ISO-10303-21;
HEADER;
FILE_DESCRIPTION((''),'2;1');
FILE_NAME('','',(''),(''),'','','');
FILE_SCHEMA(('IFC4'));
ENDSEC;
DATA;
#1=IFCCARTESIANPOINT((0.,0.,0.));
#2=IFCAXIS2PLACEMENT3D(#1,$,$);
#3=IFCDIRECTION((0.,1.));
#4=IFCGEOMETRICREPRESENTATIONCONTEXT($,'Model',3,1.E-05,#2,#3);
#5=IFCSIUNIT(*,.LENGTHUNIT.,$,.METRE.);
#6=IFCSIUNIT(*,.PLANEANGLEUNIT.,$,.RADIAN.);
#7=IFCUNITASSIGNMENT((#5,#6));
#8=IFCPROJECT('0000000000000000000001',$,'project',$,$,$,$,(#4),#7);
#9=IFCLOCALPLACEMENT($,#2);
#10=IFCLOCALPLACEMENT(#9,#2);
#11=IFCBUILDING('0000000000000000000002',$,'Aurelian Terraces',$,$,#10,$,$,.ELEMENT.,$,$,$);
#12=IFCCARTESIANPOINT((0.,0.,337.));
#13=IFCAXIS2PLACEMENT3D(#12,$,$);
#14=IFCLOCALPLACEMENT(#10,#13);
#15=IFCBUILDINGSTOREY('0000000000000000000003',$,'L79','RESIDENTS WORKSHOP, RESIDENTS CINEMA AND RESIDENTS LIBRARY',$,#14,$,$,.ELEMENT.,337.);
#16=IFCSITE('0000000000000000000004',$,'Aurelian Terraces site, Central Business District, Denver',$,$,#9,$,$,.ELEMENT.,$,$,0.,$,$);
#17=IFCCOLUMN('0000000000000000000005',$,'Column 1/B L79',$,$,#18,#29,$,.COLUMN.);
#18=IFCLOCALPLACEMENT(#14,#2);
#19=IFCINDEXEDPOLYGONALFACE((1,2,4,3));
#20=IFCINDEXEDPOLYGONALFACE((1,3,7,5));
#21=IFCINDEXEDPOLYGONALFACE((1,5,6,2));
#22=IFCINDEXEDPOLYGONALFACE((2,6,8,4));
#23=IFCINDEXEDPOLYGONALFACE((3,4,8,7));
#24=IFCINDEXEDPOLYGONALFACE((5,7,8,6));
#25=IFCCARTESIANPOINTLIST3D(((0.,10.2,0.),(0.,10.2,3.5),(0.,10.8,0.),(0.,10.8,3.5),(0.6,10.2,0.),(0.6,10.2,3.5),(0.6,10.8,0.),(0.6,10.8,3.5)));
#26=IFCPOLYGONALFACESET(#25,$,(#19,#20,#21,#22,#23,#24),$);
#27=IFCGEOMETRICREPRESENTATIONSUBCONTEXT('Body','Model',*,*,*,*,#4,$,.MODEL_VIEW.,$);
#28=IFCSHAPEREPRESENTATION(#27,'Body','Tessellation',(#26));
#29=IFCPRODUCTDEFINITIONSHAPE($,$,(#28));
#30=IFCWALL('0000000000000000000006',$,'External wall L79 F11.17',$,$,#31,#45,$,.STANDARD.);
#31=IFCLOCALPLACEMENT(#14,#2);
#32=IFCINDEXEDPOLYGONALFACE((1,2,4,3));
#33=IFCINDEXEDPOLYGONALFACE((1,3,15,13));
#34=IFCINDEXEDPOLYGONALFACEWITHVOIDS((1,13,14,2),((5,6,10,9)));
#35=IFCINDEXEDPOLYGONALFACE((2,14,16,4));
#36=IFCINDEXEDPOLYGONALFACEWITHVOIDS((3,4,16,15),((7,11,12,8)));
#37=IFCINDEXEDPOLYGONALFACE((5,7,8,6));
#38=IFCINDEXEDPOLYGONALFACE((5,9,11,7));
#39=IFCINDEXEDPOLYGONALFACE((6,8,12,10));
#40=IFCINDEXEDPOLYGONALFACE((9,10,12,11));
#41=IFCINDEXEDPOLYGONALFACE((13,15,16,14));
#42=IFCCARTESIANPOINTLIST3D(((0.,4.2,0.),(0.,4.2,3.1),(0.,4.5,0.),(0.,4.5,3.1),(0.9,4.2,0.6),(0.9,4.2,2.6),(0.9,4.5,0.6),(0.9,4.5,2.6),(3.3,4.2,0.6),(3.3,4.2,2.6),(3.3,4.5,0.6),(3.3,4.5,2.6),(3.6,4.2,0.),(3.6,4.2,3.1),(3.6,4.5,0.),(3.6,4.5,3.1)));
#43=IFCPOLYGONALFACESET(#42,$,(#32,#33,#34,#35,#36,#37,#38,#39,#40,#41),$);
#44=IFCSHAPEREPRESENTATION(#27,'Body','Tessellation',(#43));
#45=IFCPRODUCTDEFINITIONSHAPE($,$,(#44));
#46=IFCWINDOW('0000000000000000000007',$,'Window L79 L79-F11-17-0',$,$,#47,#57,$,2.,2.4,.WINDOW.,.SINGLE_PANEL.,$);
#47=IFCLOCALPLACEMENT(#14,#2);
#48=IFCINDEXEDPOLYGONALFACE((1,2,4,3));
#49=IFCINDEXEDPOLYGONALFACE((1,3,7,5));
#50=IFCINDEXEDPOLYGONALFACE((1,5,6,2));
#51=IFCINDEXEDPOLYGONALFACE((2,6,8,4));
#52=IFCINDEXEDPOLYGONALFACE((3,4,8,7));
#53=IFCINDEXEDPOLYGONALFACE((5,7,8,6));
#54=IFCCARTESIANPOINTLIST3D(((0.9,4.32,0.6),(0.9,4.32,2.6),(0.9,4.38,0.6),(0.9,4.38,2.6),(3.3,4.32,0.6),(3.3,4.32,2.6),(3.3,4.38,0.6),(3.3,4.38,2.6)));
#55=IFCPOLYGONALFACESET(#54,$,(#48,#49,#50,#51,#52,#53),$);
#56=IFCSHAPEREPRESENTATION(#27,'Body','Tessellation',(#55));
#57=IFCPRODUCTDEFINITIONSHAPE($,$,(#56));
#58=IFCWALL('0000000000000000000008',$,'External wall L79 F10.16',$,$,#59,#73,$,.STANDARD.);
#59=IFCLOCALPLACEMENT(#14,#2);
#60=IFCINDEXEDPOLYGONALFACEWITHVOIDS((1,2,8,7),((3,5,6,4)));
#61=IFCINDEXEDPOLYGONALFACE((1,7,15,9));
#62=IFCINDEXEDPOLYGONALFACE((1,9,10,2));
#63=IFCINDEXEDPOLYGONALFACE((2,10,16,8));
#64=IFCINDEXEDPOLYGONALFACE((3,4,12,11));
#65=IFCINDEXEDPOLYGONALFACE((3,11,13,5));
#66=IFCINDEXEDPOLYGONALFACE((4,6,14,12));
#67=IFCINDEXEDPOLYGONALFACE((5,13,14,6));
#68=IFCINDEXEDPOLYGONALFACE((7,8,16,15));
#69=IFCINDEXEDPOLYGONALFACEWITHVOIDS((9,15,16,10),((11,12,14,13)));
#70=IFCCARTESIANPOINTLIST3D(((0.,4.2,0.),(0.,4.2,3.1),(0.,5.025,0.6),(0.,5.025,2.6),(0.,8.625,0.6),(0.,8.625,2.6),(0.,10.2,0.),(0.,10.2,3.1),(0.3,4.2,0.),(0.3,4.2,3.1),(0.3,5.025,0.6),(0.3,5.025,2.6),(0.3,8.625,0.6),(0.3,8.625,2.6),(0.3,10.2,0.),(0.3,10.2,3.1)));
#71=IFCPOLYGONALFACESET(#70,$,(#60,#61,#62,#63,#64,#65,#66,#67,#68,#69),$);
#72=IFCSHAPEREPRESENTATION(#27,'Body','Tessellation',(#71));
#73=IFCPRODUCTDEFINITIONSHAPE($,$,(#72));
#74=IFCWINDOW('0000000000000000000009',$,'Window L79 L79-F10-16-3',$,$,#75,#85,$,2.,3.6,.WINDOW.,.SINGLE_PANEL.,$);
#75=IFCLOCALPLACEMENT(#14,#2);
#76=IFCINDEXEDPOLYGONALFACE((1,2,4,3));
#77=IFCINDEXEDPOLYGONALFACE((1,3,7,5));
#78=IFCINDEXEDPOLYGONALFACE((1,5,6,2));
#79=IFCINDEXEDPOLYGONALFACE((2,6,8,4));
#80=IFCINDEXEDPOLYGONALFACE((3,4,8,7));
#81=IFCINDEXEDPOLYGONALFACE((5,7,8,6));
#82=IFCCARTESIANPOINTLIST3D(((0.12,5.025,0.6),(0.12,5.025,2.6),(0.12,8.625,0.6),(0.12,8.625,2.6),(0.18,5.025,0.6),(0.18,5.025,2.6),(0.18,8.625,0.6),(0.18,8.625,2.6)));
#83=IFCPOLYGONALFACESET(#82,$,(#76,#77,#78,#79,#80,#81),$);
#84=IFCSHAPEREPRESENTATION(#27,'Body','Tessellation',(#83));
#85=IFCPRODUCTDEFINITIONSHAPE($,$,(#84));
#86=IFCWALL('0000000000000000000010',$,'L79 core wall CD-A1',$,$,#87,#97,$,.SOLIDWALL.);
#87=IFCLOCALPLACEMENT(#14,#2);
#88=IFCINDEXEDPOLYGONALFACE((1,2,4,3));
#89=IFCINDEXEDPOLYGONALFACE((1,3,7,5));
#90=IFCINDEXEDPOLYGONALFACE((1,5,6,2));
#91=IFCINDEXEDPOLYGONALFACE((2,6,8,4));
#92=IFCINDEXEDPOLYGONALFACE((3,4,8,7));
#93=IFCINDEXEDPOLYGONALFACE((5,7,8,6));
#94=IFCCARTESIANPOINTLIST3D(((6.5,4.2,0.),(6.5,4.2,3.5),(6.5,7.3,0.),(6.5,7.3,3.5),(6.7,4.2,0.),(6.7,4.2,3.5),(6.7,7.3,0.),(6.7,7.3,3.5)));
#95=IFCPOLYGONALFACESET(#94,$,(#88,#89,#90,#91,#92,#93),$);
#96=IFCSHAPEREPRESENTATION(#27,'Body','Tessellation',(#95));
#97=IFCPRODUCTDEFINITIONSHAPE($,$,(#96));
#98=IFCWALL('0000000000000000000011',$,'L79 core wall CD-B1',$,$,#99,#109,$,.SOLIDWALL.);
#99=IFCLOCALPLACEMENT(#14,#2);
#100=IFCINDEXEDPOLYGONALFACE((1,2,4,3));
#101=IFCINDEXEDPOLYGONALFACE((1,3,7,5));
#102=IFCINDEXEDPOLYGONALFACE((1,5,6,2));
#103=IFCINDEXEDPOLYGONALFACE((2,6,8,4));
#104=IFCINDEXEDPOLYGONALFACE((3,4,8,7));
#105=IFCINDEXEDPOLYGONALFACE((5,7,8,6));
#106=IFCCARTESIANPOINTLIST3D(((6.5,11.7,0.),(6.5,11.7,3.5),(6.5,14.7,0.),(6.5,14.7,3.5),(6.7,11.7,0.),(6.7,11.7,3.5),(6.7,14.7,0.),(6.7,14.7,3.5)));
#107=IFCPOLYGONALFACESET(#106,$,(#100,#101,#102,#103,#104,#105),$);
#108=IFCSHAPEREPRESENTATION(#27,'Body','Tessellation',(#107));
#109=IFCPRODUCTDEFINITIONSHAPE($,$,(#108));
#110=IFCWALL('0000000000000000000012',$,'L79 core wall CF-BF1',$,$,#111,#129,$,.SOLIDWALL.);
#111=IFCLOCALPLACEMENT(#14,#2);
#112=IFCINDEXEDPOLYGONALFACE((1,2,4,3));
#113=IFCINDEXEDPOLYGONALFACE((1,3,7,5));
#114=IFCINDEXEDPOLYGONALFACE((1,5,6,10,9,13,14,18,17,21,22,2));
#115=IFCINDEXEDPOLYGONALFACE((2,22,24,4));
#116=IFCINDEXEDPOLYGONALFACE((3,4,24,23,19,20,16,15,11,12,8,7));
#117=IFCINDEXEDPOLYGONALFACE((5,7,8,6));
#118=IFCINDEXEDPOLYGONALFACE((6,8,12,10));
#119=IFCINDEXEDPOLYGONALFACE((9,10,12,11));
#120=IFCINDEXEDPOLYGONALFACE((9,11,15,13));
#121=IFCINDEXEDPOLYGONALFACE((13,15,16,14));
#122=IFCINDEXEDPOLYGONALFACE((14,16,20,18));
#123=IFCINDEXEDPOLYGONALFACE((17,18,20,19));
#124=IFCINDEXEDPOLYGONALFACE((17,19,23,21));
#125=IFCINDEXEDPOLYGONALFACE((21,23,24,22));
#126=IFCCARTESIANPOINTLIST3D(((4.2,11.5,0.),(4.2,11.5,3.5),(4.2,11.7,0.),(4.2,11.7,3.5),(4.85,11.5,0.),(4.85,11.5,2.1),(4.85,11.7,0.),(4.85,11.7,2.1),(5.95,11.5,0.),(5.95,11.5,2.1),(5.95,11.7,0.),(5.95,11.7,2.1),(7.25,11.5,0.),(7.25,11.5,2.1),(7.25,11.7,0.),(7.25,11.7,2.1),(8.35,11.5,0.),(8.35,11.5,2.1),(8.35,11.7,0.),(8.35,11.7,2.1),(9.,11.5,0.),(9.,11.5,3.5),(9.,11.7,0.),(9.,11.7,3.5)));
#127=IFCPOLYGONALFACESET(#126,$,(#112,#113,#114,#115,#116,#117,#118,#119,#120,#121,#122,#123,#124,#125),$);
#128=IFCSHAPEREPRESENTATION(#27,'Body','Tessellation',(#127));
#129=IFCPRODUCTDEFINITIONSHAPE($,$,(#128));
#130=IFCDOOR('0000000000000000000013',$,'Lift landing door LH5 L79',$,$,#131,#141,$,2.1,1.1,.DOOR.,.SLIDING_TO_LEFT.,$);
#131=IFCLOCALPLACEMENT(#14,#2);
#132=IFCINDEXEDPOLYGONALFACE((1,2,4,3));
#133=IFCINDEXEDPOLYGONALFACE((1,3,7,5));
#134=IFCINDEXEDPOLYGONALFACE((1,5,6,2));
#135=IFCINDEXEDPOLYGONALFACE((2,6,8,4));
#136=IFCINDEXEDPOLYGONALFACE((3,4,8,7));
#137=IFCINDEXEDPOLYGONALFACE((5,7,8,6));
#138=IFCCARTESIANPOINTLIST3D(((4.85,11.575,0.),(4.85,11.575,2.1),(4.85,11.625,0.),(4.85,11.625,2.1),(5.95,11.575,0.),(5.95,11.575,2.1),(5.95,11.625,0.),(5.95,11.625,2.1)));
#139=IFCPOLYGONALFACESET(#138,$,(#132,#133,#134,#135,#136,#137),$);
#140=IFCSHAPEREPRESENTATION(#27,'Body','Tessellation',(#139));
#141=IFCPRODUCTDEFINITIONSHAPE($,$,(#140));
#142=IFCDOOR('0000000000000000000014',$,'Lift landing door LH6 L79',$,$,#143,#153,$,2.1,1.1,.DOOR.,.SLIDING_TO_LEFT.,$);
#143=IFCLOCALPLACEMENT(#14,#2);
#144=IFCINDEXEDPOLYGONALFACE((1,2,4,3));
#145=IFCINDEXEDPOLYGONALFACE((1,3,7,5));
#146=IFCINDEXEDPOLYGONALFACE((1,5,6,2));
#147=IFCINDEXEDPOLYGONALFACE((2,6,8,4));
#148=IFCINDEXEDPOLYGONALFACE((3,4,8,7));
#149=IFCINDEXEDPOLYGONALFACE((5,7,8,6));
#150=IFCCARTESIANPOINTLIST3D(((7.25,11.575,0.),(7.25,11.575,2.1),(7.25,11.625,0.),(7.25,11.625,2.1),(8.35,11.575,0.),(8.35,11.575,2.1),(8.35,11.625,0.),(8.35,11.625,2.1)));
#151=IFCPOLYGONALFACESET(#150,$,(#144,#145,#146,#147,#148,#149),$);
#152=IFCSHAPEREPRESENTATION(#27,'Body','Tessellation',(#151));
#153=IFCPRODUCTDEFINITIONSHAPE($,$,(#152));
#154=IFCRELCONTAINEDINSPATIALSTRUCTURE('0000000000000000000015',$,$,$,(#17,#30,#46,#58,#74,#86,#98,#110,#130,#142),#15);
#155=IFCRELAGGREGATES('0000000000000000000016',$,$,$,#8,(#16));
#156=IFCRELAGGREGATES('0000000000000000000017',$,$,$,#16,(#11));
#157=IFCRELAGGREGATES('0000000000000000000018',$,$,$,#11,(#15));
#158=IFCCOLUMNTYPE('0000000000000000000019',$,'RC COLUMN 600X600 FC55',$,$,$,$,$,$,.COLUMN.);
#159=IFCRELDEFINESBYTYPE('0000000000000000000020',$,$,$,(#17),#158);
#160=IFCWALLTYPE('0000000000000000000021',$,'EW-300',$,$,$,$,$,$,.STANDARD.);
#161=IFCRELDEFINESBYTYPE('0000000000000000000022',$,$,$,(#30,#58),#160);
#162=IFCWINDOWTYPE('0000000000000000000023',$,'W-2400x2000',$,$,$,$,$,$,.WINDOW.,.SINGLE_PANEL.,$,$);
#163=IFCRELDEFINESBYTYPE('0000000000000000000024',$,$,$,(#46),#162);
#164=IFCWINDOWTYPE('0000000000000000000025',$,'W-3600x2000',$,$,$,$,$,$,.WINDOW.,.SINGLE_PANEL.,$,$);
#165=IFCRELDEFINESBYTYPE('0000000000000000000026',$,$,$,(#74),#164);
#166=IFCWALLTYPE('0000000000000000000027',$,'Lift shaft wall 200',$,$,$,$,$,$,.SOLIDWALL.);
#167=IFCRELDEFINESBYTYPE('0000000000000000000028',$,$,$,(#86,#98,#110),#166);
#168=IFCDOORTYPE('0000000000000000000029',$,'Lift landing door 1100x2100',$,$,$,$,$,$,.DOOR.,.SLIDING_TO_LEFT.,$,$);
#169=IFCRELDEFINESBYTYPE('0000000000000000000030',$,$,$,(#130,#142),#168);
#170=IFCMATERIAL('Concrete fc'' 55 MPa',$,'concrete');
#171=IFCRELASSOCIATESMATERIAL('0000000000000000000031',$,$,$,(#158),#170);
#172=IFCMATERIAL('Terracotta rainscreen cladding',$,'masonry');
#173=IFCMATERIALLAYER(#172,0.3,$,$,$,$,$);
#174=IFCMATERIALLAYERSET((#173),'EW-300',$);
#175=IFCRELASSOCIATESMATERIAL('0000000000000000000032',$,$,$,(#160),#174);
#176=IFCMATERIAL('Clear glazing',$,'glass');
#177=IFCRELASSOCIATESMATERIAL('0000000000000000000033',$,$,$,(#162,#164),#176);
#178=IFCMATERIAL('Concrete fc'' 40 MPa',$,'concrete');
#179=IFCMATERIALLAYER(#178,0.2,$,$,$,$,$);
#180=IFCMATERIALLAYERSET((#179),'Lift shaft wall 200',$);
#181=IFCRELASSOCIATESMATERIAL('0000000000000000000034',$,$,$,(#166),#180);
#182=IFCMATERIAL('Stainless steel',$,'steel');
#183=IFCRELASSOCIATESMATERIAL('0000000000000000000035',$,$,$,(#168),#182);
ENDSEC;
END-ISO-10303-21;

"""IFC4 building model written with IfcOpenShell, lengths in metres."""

from ifc_helpers import new_model, si_unit, direction, frame, frame_2d, origin, origin_2d, place, context, subcontext, project, spatial, rectangle, extrude, source, transform, mapped, material, layer, layer_set, material_profile, profile_set, type_object, element, fill, save


model = new_model("IFC4")

# Units and contexts
model_context = context("Model", 3, precision=1e-05, world=origin(), true_north=direction((0.0, 1.0)))
body_context = subcontext(model_context, "Body", "Model", "MODEL_VIEW")
ifc_project = project(units=[si_unit("LENGTHUNIT", "METRE"), si_unit("PLANEANGLEUNIT", "RADIAN")], contexts=[model_context])

# Site, building, storey
site_placement = place(None, origin())
site = spatial("IfcSite", under=ifc_project, at=site_placement, Name="Aurelian Terraces site, Central Business District, Denver", CompositionType="ELEMENT", RefElevation=0.0)
building_placement = place(site_placement, origin())
building = spatial("IfcBuilding", under=site, at=building_placement, Name="Aurelian Terraces", CompositionType="ELEMENT")
storey_placement = place(building_placement, frame((0.0, 0.0, 337.0)))
storey = spatial("IfcBuildingStorey", under=building, at=storey_placement, Name="L79", Description="RESIDENTS WORKSHOP, RESIDENTS CINEMA AND RESIDENTS LIBRARY", CompositionType="ELEMENT", Elevation=337.0)

# Column
ifc_material_1 = material(Name="Concrete fc' 55 MPa", Category="concrete")
ifc_material_profile = material_profile(ifc_material_1, rectangle(XDim=0.6, YDim=0.6, at=origin_2d()))
ifc_profile_set = profile_set([ifc_material_profile], Name="Concrete fc' 55 MPa")
column_type = type_object("IfcColumnType", Name="RC COLUMN 600X600 FC55", PredefinedType="COLUMN", material=ifc_profile_set)
shared_shape_1 = source(origin(), body_context, "Body", "SweptSolid", [
    extrude(rectangle(XDim=0.6, YDim=0.6, at=origin_2d()), origin(), (0.0, 0.0, 1.0), 3.5),
])
column_placement = place(storey_placement, frame((0.3, 10.5, 0.0), z_axis=(0.0, 0.0, 1.0), x_axis=(1.0, 0.0, 0.0)))
element("IfcColumn", 1, at=column_placement, inside=storey, type_object=column_type, Name="Column 1/B L79", PredefinedType="COLUMN", context=body_context, shape_type="MappedRepresentation", body=[
    mapped(shared_shape_1, transform((0.0, 0.0, 0.0), scale=1.0)),
])

# Walls, openings, windows
ifc_material_2 = material(Name="Terracotta rainscreen cladding", Category="masonry")
ifc_layer_1 = layer(ifc_material_2, 0.3)
ifc_layer_set_1 = layer_set([ifc_layer_1], Name="EW-300")
wall_type_1 = type_object("IfcWallType", Name="EW-300", PredefinedType="STANDARD", material=ifc_layer_set_1)
shared_shape_2 = source(origin(), body_context, "Body", "SweptSolid", [
    extrude(rectangle(XDim=3.6, YDim=0.3, at=frame_2d((1.8, 0.0))), origin(), (0.0, 0.0, 1.0), 3.1),
])
wall_1_placement = place(storey_placement, frame((0.0, 4.35, 0.0), z_axis=(0.0, 0.0, 1.0), x_axis=(1.0, 0.0, 0.0)))
wall_1 = element("IfcWall", 2, at=wall_1_placement, inside=storey, type_object=wall_type_1, Name="External wall L79 F11.17", PredefinedType="STANDARD", context=body_context, shape_type="MappedRepresentation", body=[
    mapped(shared_shape_2, transform((0.0, 0.0, 0.0), scale=1.0)),
])
shared_shape_3 = source(origin(), body_context, "Body", "SweptSolid", [
    extrude(rectangle(XDim=2.4, YDim=2.0, at=frame_2d((1.2, 1.0))), frame((0.0, 0.16, 0.0), z_axis=(0.0, -1.0, 0.0), x_axis=(1.0, 0.0, 0.0)), (0.0, 0.0, 1.0), 0.32),
])
opening_1_placement = place(wall_1_placement, frame((0.9, 0.0, 0.6)))
opening_1 = element("IfcOpeningElement", 3, at=opening_1_placement, cuts=wall_1, PredefinedType="OPENING", context=body_context, shape_type="MappedRepresentation", body=[
    mapped(shared_shape_3, transform((0.0, 0.0, 0.0), scale=1.0)),
])
ifc_material_3 = material(Name="Clear glazing", Category="glass")
window_type_1 = type_object("IfcWindowType", Name="W-2400x2000", PartitioningType="SINGLE_PANEL", PredefinedType="WINDOW", material=ifc_material_3)
shared_shape_4 = source(origin(), body_context, "Body", "SweptSolid", [
    extrude(rectangle(XDim=2.4, YDim=2.0, at=frame_2d((1.2, 1.0))), frame((0.0, 0.03, 0.0), z_axis=(0.0, -1.0, 0.0), x_axis=(1.0, 0.0, 0.0)), (0.0, 0.0, 1.0), 0.06),
])
window_1_placement = place(opening_1_placement, origin())
window_1 = element("IfcWindow", 4, at=window_1_placement, inside=storey, type_object=window_type_1, Name="Window L79 L79-F11-17-0", OverallHeight=2.0, OverallWidth=2.4, PartitioningType="SINGLE_PANEL", PredefinedType="WINDOW", context=body_context, shape_type="MappedRepresentation", body=[
    mapped(shared_shape_4, transform((0.0, 0.0, 0.0), scale=1.0)),
])
fill(opening_1, window_1)
shared_shape_5 = source(origin(), body_context, "Body", "SweptSolid", [
    extrude(rectangle(XDim=6.0, YDim=0.3, at=frame_2d((3.0, 0.0))), origin(), (0.0, 0.0, 1.0), 3.1),
])
wall_2_placement = place(storey_placement, frame((0.15, 10.2, 0.0), z_axis=(0.0, 0.0, 1.0), x_axis=(0.0, -1.0, 0.0)))
wall_2 = element("IfcWall", 5, at=wall_2_placement, inside=storey, type_object=wall_type_1, Name="External wall L79 F10.16", PredefinedType="STANDARD", context=body_context, shape_type="MappedRepresentation", body=[
    mapped(shared_shape_5, transform((0.0, 0.0, 0.0), scale=1.0)),
])
shared_shape_6 = source(origin(), body_context, "Body", "SweptSolid", [
    extrude(rectangle(XDim=3.6, YDim=2.0, at=frame_2d((1.8, 1.0))), frame((0.0, 0.16, 0.0), z_axis=(0.0, -1.0, 0.0), x_axis=(1.0, 0.0, 0.0)), (0.0, 0.0, 1.0), 0.32),
])
opening_2_placement = place(wall_2_placement, frame((1.575, 0.0, 0.6)))
opening_2 = element("IfcOpeningElement", 6, at=opening_2_placement, cuts=wall_2, PredefinedType="OPENING", context=body_context, shape_type="MappedRepresentation", body=[
    mapped(shared_shape_6, transform((0.0, 0.0, 0.0), scale=1.0)),
])
window_type_2 = type_object("IfcWindowType", Name="W-3600x2000", PartitioningType="SINGLE_PANEL", PredefinedType="WINDOW", material=ifc_material_3)
shared_shape_7 = source(origin(), body_context, "Body", "SweptSolid", [
    extrude(rectangle(XDim=3.6, YDim=2.0, at=frame_2d((1.8, 1.0))), frame((0.0, 0.03, 0.0), z_axis=(0.0, -1.0, 0.0), x_axis=(1.0, 0.0, 0.0)), (0.0, 0.0, 1.0), 0.06),
])
window_2_placement = place(opening_2_placement, origin())
window_2 = element("IfcWindow", 7, at=window_2_placement, inside=storey, type_object=window_type_2, Name="Window L79 L79-F10-16-3", OverallHeight=2.0, OverallWidth=3.6, PartitioningType="SINGLE_PANEL", PredefinedType="WINDOW", context=body_context, shape_type="MappedRepresentation", body=[
    mapped(shared_shape_7, transform((0.0, 0.0, 0.0), scale=1.0)),
])
fill(opening_2, window_2)

# Walls
ifc_material_4 = material(Name="Concrete fc' 40 MPa", Category="concrete")
ifc_layer_2 = layer(ifc_material_4, 0.2)
ifc_layer_set_2 = layer_set([ifc_layer_2], Name="Lift shaft wall 200")
wall_type_2 = type_object("IfcWallType", Name="Lift shaft wall 200", PredefinedType="SOLIDWALL", material=ifc_layer_set_2)
shared_shape_8 = source(origin(), body_context, "Body", "SweptSolid", [
    extrude(rectangle(XDim=3.1, YDim=0.2, at=frame_2d((1.55, 0.0))), origin(), (0.0, 0.0, 1.0), 3.5),
])
wall_3_placement = place(storey_placement, frame((6.6, 4.2, 0.0), z_axis=(0.0, 0.0, 1.0), x_axis=(0.0, 1.0, 0.0)))
element("IfcWall", 8, at=wall_3_placement, inside=storey, type_object=wall_type_2, Name="L79 core wall CD-A1", PredefinedType="SOLIDWALL", context=body_context, shape_type="MappedRepresentation", body=[
    mapped(shared_shape_8, transform((0.0, 0.0, 0.0), scale=1.0)),
])
shared_shape_9 = source(origin(), body_context, "Body", "SweptSolid", [
    extrude(rectangle(XDim=3.0, YDim=0.2, at=frame_2d((1.5, 0.0))), origin(), (0.0, 0.0, 1.0), 3.5),
])
wall_4_placement = place(storey_placement, frame((6.6, 11.7, 0.0), z_axis=(0.0, 0.0, 1.0), x_axis=(0.0, 1.0, 0.0)))
element("IfcWall", 9, at=wall_4_placement, inside=storey, type_object=wall_type_2, Name="L79 core wall CD-B1", PredefinedType="SOLIDWALL", context=body_context, shape_type="MappedRepresentation", body=[
    mapped(shared_shape_9, transform((0.0, 0.0, 0.0), scale=1.0)),
])

# Wall, openings, doors
shared_shape_10 = source(origin(), body_context, "Body", "SweptSolid", [
    extrude(rectangle(XDim=4.8, YDim=0.2, at=frame_2d((2.4, 0.0))), origin(), (0.0, 0.0, 1.0), 3.5),
])
wall_5_placement = place(storey_placement, frame((4.2, 11.6, 0.0), z_axis=(0.0, 0.0, 1.0), x_axis=(1.0, 0.0, 0.0)))
wall_5 = element("IfcWall", 10, at=wall_5_placement, inside=storey, type_object=wall_type_2, Name="L79 core wall CF-BF1", PredefinedType="SOLIDWALL", context=body_context, shape_type="MappedRepresentation", body=[
    mapped(shared_shape_10, transform((0.0, 0.0, 0.0), scale=1.0)),
])
shared_shape_11 = source(origin(), body_context, "Body", "SweptSolid", [
    extrude(rectangle(XDim=1.1, YDim=2.1, at=frame_2d((0.55, 1.05))), frame((0.0, 0.11, 0.0), z_axis=(0.0, -1.0, 0.0), x_axis=(1.0, 0.0, 0.0)), (0.0, 0.0, 1.0), 0.22),
])
opening_3_placement = place(wall_5_placement, frame((0.65, 0.0, 0.0)))
opening_3 = element("IfcOpeningElement", 11, at=opening_3_placement, cuts=wall_5, PredefinedType="OPENING", context=body_context, shape_type="MappedRepresentation", body=[
    mapped(shared_shape_11, transform((0.0, 0.0, 0.0), scale=1.0)),
])
opening_4_placement = place(wall_5_placement, frame((3.05, 0.0, 0.0)))
opening_4 = element("IfcOpeningElement", 12, at=opening_4_placement, cuts=wall_5, PredefinedType="OPENING", context=body_context, shape_type="MappedRepresentation", body=[
    mapped(shared_shape_11, transform((0.0, 0.0, 0.0), scale=1.0)),
])
ifc_material_5 = material(Name="Stainless steel", Category="steel")
door_type = type_object("IfcDoorType", Name="Lift landing door 1100x2100", OperationType="SLIDING_TO_LEFT", PredefinedType="DOOR", material=ifc_material_5)
shared_shape_12 = source(origin(), body_context, "Body", "SweptSolid", [
    extrude(rectangle(XDim=1.1, YDim=2.1, at=frame_2d((0.55, 1.05))), frame((0.0, 0.025, 0.0), z_axis=(0.0, -1.0, 0.0), x_axis=(1.0, 0.0, 0.0)), (0.0, 0.0, 1.0), 0.05),
])
door_1_placement = place(opening_3_placement, origin())
door_1 = element("IfcDoor", 13, at=door_1_placement, inside=storey, type_object=door_type, Name="Lift landing door LH5 L79", OperationType="SLIDING_TO_LEFT", OverallHeight=2.1, OverallWidth=1.1, PredefinedType="DOOR", context=body_context, shape_type="MappedRepresentation", body=[
    mapped(shared_shape_12, transform((0.0, 0.0, 0.0), scale=1.0)),
])
fill(opening_3, door_1)
door_2_placement = place(opening_4_placement, origin())
door_2 = element("IfcDoor", 14, at=door_2_placement, inside=storey, type_object=door_type, Name="Lift landing door LH6 L79", OperationType="SLIDING_TO_LEFT", OverallHeight=2.1, OverallWidth=1.1, PredefinedType="DOOR", context=body_context, shape_type="MappedRepresentation", body=[
    mapped(shared_shape_12, transform((0.0, 0.0, 0.0), scale=1.0)),
])
fill(opening_4, door_2)

save(model, "model.ifc")
